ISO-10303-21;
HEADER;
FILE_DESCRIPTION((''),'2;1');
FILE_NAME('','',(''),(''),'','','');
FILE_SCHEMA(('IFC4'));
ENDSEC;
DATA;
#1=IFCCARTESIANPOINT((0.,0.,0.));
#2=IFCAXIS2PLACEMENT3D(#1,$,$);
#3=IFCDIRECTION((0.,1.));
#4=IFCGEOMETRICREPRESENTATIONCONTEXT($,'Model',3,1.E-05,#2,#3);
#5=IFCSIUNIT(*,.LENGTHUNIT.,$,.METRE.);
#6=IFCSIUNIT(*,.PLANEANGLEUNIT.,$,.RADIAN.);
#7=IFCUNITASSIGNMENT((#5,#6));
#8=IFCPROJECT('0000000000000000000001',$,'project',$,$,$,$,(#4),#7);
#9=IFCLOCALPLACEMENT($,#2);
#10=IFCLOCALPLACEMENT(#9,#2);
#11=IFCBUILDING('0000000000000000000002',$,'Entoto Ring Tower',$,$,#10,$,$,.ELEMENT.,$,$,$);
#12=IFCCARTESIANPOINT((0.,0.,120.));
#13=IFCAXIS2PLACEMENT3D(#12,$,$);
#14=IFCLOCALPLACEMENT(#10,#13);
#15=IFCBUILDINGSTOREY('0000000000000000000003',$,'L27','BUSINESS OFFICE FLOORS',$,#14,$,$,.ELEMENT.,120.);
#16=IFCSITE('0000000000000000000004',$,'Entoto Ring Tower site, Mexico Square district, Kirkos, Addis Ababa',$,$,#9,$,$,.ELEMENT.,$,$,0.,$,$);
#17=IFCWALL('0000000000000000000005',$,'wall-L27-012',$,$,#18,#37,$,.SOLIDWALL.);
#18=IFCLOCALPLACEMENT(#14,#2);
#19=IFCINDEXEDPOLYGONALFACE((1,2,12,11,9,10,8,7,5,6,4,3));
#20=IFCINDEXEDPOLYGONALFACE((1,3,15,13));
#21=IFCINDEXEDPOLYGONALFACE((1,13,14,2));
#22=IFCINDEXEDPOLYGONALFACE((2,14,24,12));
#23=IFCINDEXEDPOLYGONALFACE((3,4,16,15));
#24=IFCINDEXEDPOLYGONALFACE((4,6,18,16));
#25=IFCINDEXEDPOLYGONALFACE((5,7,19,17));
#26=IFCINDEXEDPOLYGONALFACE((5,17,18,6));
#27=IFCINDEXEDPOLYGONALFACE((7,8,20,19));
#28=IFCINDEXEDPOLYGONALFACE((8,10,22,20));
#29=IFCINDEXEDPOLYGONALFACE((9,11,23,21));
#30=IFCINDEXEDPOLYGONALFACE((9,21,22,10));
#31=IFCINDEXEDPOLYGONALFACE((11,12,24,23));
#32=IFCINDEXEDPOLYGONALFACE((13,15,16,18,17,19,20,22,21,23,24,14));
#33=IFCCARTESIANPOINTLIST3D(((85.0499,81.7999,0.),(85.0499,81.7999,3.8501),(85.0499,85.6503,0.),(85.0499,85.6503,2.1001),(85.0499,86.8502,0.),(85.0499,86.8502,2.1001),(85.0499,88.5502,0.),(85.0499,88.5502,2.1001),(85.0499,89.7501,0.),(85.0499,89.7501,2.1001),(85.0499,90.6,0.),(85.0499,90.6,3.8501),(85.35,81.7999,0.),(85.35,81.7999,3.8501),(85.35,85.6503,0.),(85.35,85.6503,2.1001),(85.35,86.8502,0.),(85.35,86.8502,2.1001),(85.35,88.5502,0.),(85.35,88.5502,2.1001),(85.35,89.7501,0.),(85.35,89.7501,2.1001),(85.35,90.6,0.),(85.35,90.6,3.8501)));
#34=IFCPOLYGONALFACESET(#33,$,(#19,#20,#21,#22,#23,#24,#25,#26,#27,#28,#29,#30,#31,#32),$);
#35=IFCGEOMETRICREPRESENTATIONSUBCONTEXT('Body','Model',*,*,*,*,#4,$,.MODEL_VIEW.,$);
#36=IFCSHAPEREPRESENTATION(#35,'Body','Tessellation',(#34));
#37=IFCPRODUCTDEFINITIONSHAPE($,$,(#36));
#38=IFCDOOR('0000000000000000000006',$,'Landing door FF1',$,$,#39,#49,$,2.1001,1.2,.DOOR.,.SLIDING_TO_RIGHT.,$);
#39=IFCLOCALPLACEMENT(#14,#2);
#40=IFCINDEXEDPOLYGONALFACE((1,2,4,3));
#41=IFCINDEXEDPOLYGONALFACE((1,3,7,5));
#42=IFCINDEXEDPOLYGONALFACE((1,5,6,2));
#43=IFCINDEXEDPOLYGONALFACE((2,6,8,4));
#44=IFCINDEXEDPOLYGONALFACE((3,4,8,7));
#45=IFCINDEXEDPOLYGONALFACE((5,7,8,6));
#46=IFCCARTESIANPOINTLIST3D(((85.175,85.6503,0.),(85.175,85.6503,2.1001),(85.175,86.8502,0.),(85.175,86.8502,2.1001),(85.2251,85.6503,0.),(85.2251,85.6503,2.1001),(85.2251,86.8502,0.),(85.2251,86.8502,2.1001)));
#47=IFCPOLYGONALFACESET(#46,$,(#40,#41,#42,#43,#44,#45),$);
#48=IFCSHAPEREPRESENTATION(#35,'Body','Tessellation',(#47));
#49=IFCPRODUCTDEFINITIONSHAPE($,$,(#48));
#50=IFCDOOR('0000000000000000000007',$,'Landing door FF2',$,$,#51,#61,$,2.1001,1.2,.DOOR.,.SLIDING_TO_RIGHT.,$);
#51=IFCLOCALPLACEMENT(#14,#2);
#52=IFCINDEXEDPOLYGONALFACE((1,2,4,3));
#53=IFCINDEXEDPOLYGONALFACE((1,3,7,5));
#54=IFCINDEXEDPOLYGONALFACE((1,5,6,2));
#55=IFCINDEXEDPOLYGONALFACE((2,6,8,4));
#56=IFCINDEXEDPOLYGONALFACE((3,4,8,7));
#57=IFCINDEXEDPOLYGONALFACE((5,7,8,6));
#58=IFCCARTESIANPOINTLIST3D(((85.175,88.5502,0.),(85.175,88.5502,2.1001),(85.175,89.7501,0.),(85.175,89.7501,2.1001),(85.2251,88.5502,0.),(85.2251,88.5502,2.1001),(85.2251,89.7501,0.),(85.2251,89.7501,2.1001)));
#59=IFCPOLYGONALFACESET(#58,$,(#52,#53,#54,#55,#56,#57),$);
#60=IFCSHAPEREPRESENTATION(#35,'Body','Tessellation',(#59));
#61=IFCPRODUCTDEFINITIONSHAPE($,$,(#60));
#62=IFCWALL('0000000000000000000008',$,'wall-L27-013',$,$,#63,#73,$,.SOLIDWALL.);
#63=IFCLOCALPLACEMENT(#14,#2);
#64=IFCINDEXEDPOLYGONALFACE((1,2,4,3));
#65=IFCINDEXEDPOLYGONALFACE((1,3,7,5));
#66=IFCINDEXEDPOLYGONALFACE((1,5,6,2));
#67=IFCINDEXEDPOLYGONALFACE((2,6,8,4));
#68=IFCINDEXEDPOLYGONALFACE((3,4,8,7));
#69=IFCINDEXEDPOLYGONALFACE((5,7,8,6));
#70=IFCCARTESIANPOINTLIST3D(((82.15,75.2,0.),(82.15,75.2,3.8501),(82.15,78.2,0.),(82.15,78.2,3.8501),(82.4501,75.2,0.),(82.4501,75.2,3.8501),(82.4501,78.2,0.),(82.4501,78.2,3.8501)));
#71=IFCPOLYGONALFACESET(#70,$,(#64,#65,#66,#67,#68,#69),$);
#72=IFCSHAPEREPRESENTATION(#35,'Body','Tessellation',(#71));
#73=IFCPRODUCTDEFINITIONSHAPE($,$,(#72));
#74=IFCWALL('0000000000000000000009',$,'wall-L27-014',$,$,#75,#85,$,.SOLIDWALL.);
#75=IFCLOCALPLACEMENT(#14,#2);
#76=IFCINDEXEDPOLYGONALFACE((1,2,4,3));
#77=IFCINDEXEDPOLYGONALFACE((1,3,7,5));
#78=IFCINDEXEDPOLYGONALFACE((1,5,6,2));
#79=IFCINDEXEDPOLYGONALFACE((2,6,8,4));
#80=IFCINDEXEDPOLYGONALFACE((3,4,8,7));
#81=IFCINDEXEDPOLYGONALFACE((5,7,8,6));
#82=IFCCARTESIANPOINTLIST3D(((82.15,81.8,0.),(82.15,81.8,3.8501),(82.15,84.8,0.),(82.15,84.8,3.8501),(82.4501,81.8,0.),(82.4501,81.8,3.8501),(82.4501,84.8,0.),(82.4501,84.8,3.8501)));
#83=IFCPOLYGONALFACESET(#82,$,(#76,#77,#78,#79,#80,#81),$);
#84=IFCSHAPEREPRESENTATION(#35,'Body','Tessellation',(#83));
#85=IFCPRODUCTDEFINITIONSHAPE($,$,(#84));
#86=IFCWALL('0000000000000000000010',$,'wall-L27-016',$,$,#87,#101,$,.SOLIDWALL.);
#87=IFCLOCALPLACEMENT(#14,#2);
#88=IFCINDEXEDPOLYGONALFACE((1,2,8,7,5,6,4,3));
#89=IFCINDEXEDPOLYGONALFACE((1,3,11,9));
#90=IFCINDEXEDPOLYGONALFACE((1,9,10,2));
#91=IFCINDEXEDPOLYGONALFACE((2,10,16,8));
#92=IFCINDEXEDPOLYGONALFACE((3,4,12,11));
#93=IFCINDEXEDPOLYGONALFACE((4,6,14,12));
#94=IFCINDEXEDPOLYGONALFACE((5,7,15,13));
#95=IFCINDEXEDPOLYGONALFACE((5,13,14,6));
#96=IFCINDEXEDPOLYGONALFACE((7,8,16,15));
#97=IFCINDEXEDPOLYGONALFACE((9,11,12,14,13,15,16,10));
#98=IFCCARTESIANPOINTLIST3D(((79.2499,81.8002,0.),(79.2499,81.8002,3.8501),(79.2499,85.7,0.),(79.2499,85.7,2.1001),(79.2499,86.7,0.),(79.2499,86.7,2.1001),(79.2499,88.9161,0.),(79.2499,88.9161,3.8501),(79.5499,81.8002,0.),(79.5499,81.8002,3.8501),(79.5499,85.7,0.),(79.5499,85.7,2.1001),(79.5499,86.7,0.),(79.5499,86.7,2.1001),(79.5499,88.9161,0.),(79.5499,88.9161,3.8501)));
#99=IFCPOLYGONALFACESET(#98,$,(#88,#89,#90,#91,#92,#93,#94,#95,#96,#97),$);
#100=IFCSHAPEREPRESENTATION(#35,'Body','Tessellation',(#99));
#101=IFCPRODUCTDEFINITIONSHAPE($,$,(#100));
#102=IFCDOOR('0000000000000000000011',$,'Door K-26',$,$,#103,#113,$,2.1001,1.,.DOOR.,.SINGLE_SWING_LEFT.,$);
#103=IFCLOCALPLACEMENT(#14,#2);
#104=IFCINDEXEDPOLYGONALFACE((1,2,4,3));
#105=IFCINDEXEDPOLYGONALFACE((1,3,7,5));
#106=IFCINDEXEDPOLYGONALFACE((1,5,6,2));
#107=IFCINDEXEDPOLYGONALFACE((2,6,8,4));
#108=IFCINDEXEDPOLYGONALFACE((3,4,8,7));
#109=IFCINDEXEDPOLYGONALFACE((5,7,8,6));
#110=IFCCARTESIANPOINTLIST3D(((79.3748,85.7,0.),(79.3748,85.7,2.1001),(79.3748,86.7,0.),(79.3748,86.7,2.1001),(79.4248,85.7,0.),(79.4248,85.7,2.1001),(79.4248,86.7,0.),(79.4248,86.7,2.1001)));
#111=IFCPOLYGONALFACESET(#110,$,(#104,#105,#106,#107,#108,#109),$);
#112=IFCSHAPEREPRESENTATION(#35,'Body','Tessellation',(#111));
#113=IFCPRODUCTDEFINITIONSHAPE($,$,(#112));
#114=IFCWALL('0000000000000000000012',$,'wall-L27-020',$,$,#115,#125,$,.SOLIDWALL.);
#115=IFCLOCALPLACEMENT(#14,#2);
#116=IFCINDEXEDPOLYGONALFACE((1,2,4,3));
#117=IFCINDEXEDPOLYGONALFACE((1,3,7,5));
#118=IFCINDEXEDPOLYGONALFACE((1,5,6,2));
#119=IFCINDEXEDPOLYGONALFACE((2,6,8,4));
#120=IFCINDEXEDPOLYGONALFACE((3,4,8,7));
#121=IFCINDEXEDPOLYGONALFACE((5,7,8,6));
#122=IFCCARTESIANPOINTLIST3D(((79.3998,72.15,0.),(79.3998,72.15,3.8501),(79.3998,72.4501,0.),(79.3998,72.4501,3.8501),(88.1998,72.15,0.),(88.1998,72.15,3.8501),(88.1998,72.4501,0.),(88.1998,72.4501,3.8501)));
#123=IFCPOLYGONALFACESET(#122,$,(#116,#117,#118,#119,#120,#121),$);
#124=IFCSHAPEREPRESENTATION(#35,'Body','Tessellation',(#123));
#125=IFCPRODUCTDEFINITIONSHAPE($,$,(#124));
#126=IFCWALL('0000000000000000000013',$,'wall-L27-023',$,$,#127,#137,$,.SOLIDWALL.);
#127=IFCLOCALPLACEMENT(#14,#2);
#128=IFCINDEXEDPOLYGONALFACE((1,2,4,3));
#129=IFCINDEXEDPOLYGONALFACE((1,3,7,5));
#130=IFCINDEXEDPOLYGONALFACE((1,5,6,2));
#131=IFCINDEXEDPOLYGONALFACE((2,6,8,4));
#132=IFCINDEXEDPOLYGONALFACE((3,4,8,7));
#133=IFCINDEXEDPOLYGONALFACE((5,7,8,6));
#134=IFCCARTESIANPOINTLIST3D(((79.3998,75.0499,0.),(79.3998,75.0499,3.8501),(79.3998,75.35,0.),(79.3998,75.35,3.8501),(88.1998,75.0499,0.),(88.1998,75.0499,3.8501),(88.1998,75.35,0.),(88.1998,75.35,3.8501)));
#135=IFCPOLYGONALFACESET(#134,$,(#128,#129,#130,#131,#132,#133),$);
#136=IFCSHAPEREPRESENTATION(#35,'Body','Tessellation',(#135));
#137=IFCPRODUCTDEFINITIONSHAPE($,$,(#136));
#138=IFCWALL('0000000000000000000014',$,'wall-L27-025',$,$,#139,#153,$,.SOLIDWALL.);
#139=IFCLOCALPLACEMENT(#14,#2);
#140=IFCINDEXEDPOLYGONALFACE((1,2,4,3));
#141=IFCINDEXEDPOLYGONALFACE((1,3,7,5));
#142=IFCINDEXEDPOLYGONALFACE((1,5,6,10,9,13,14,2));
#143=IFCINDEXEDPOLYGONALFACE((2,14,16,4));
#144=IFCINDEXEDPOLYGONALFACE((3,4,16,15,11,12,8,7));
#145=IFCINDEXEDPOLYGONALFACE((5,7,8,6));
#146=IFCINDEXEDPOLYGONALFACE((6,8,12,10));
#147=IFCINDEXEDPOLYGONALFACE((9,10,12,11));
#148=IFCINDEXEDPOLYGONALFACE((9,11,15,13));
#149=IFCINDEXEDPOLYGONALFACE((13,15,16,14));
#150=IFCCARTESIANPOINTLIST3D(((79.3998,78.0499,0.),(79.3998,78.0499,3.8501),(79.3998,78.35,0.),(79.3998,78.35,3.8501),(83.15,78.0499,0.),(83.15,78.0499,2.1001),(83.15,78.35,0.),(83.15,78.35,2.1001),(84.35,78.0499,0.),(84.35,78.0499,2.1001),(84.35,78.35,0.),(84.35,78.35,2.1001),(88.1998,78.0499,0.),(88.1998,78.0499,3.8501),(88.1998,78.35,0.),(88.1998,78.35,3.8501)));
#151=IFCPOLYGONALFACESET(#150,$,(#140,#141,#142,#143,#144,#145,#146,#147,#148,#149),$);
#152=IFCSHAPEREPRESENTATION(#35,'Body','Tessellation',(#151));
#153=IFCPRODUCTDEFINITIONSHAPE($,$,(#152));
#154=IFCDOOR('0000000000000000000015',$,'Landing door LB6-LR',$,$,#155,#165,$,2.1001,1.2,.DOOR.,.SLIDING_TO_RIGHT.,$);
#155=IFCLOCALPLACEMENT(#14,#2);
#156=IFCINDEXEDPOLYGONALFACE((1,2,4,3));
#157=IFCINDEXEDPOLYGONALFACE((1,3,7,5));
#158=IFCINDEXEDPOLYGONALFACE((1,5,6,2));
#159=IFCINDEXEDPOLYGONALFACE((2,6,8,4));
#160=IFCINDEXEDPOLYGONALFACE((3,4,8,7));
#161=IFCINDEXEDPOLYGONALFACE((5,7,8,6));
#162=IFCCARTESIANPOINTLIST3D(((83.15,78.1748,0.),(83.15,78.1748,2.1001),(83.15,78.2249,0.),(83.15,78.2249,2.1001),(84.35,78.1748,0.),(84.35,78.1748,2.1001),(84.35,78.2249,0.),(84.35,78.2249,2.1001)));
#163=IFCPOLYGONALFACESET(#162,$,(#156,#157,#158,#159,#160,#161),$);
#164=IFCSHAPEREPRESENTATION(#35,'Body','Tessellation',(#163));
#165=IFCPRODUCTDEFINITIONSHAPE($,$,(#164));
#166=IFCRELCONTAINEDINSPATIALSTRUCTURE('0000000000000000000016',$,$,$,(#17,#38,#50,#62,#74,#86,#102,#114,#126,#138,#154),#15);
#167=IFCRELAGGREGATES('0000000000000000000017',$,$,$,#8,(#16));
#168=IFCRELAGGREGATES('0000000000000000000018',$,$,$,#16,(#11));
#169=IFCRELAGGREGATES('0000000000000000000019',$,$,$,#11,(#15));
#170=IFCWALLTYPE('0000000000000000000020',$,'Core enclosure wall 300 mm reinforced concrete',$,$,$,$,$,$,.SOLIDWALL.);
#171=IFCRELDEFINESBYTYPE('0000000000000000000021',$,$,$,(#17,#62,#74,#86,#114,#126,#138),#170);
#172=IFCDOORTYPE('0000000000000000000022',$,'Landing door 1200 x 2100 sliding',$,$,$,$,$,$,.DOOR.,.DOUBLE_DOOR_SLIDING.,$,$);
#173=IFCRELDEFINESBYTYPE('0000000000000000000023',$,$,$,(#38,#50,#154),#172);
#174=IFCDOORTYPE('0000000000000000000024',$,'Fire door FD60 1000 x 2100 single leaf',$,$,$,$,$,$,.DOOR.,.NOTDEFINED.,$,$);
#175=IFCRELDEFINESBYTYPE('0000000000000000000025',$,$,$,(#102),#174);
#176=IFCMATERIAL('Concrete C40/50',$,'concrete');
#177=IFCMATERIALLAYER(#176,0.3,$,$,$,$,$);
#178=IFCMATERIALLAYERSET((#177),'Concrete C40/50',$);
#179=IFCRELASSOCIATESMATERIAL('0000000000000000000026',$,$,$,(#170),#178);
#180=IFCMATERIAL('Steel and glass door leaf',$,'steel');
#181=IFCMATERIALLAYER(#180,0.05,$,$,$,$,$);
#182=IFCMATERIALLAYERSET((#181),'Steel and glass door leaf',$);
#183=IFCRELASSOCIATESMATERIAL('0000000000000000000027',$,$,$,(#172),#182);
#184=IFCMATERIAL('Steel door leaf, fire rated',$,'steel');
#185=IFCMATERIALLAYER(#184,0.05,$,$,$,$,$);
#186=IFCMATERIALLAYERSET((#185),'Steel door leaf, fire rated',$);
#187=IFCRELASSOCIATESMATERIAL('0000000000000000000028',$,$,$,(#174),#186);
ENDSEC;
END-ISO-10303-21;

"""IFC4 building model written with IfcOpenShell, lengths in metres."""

from ifc_helpers import new_model, si_unit, direction, frame, frame_2d, origin, place, context, subcontext, project, spatial, rectangle, extrude, material, layer, layer_set, type_object, element, fill, save


model = new_model("IFC4")

# Units and contexts
model_context = context("Model", 3, precision=1e-05, world=origin(), true_north=direction((0.0, 1.0)))
body_context = subcontext(model_context, "Body", "Model", "MODEL_VIEW")
ifc_project = project(units=[si_unit("LENGTHUNIT", "METRE"), si_unit("PLANEANGLEUNIT", "RADIAN")], contexts=[model_context])

# Site, building, storey
site_placement = place(None, origin())
site = spatial("IfcSite", under=ifc_project, at=site_placement, Name="Entoto Ring Tower site, Mexico Square district, Kirkos, Addis Ababa", CompositionType="ELEMENT", RefElevation=0.0)
building_placement = place(site_placement, origin())
building = spatial("IfcBuilding", under=site, at=building_placement, Name="Entoto Ring Tower", CompositionType="ELEMENT")
storey_placement = place(building_placement, frame((0.0, 0.0, 120.0)))
storey = spatial("IfcBuildingStorey", under=building, at=storey_placement, Name="L27", Description="BUSINESS OFFICE FLOORS", CompositionType="ELEMENT", Elevation=120.0)

# Wall, openings, doors
ifc_material_1 = material(Name="Concrete C40/50", Category="concrete")
ifc_layer_1 = layer(ifc_material_1, 0.3)
ifc_layer_set_1 = layer_set([ifc_layer_1], Name="Concrete C40/50")
wall_type = type_object("IfcWallType", Name="Core enclosure wall 300 mm reinforced concrete", PredefinedType="SOLIDWALL", material=ifc_layer_set_1)
wall_1_placement = place(storey_placement, frame((85.2, 81.8, 0.0), z_axis=(0.0, 0.0, 1.0), x_axis=(0.0, 1.0, 0.0)))
wall_1 = element("IfcWall", 1, at=wall_1_placement, inside=storey, type_object=wall_type, Name="wall-L27-012", PredefinedType="SOLIDWALL", context=body_context, shape_type="SweptSolid", body=[
    extrude(rectangle(XDim=8.8, YDim=0.3, at=frame_2d((4.3999, 0.0))), origin(), (0.0, 0.0, 1.0), 3.8501),
])
opening_1_placement = place(wall_1_placement, frame((3.8501, 0.0, 0.0)))
opening_1 = element("IfcOpeningElement", 2, at=opening_1_placement, cuts=wall_1, PredefinedType="OPENING", context=body_context, shape_type="SweptSolid", body=[
    extrude(rectangle(XDim=1.2, YDim=2.1001, at=frame_2d((0.6001, 1.05))), frame((0.0, 0.1602, 0.0), z_axis=(0.0, -1.0, 0.0), x_axis=(1.0, 0.0, 0.0)), (0.0, 0.0, 1.0), 0.3201),
])
opening_2_placement = place(wall_1_placement, frame((6.75, 0.0, 0.0)))
opening_2 = element("IfcOpeningElement", 3, at=opening_2_placement, cuts=wall_1, PredefinedType="OPENING", context=body_context, shape_type="SweptSolid", body=[
    extrude(rectangle(XDim=1.2, YDim=2.1001, at=frame_2d((0.6001, 1.05))), frame((0.0, 0.1602, 0.0), z_axis=(0.0, -1.0, 0.0), x_axis=(1.0, 0.0, 0.0)), (0.0, 0.0, 1.0), 0.3201),
])
ifc_material_2 = material(Name="Steel and glass door leaf", Category="steel")
ifc_layer_2 = layer(ifc_material_2, 0.05)
ifc_layer_set_2 = layer_set([ifc_layer_2], Name="Steel and glass door leaf")
door_type_1 = type_object("IfcDoorType", Name="Landing door 1200 x 2100 sliding", OperationType="DOUBLE_DOOR_SLIDING", PredefinedType="DOOR", material=ifc_layer_set_2)
door_1_placement = place(opening_1_placement, origin())
door_1 = element("IfcDoor", 4, at=door_1_placement, inside=storey, type_object=door_type_1, Name="Landing door FF1", OperationType="SLIDING_TO_RIGHT", OverallHeight=2.1001, OverallWidth=1.2, PredefinedType="DOOR", context=body_context, shape_type="SweptSolid", body=[
    extrude(rectangle(XDim=1.2, YDim=2.1001, at=frame_2d((0.6001, 1.05))), frame((0.0, 0.0249, 0.0), z_axis=(0.0, -1.0, 0.0), x_axis=(1.0, 0.0, 0.0)), (0.0, 0.0, 1.0), 0.05),
])
fill(opening_1, door_1)
door_2_placement = place(opening_2_placement, origin())
door_2 = element("IfcDoor", 5, at=door_2_placement, inside=storey, type_object=door_type_1, Name="Landing door FF2", OperationType="SLIDING_TO_RIGHT", OverallHeight=2.1001, OverallWidth=1.2, PredefinedType="DOOR", context=body_context, shape_type="SweptSolid", body=[
    extrude(rectangle(XDim=1.2, YDim=2.1001, at=frame_2d((0.6001, 1.05))), frame((0.0, 0.0249, 0.0), z_axis=(0.0, -1.0, 0.0), x_axis=(1.0, 0.0, 0.0)), (0.0, 0.0, 1.0), 0.05),
])
fill(opening_2, door_2)

# Walls
for number, where, z_axis, x_axis, name in (
    (6, (82.3, 75.2, 0.0), (0.0, 0.0, 1.0), (0.0, 1.0, 0.0), "wall-L27-013"),
    (7, (82.3, 81.8, 0.0), (0.0, 0.0, 1.0), (0.0, 1.0, 0.0), "wall-L27-014"),
):
    element("IfcWall", number, at=place(storey_placement, frame(where, z_axis=z_axis, x_axis=x_axis)), inside=storey, type_object=wall_type, Name=name, PredefinedType="SOLIDWALL", context=body_context, shape_type="SweptSolid", body=[
        extrude(rectangle(XDim=3.0, YDim=0.3, at=frame_2d((1.5, 0.0))), origin(), (0.0, 0.0, 1.0), 3.8501),
    ])

# Wall, opening, door
wall_2_placement = place(storey_placement, frame((79.3999, 81.8, 0.0), z_axis=(0.0, 0.0, 1.0), x_axis=(0.0, 1.0, 0.0)))
wall_2 = element("IfcWall", 8, at=wall_2_placement, inside=storey, type_object=wall_type, Name="wall-L27-016", PredefinedType="SOLIDWALL", context=body_context, shape_type="SweptSolid", body=[
    extrude(rectangle(XDim=7.116, YDim=0.3, at=frame_2d((3.5581, 0.0))), origin(), (0.0, 0.0, 1.0), 3.8501),
])
opening_3_placement = place(wall_2_placement, frame((3.8999, 0.0, 0.0)))
opening_3 = element("IfcOpeningElement", 9, at=opening_3_placement, cuts=wall_2, PredefinedType="OPENING", context=body_context, shape_type="SweptSolid", body=[
    extrude(rectangle(XDim=1.0, YDim=2.1001, at=frame_2d((0.5, 1.05))), frame((0.0, 0.1602, 0.0), z_axis=(0.0, -1.0, 0.0), x_axis=(1.0, 0.0, 0.0)), (0.0, 0.0, 1.0), 0.3201),
])
ifc_material_3 = material(Name="Steel door leaf, fire rated", Category="steel")
ifc_layer_3 = layer(ifc_material_3, 0.05)
ifc_layer_set_3 = layer_set([ifc_layer_3], Name="Steel door leaf, fire rated")
door_type_2 = type_object("IfcDoorType", Name="Fire door FD60 1000 x 2100 single leaf", OperationType="NOTDEFINED", PredefinedType="DOOR", material=ifc_layer_set_3)
door_3_placement = place(opening_3_placement, frame((1.0, 0.0, 0.0), z_axis=(0.0, 0.0, 1.0), x_axis=(-1.0, 0.0, 0.0)))
door_3 = element("IfcDoor", 10, at=door_3_placement, inside=storey, type_object=door_type_2, Name="Door K-26", OperationType="SINGLE_SWING_LEFT", OverallHeight=2.1001, OverallWidth=1.0, PredefinedType="DOOR", context=body_context, shape_type="SweptSolid", body=[
    extrude(rectangle(XDim=1.0, YDim=2.1001, at=frame_2d((0.5, 1.05))), frame((0.0, 0.0249, 0.0), z_axis=(0.0, -1.0, 0.0), x_axis=(1.0, 0.0, 0.0)), (0.0, 0.0, 1.0), 0.05),
])
fill(opening_3, door_3)

# Walls
for number, where, z_axis, x_axis, name in (
    (11, (79.3999, 72.3, 0.0), (0.0, 0.0, 1.0), (1.0, 0.0, 0.0), "wall-L27-020"),
    (12, (79.3999, 75.2, 0.0), (0.0, 0.0, 1.0), (1.0, 0.0, 0.0), "wall-L27-023"),
):
    element("IfcWall", number, at=place(storey_placement, frame(where, z_axis=z_axis, x_axis=x_axis)), inside=storey, type_object=wall_type, Name=name, PredefinedType="SOLIDWALL", context=body_context, shape_type="SweptSolid", body=[
        extrude(rectangle(XDim=8.8, YDim=0.3, at=frame_2d((4.3999, 0.0))), origin(), (0.0, 0.0, 1.0), 3.8501),
    ])

# Wall, opening, door
wall_3_placement = place(storey_placement, frame((79.3999, 78.2, 0.0), z_axis=(0.0, 0.0, 1.0), x_axis=(1.0, 0.0, 0.0)))
wall_3 = element("IfcWall", 13, at=wall_3_placement, inside=storey, type_object=wall_type, Name="wall-L27-025", PredefinedType="SOLIDWALL", context=body_context, shape_type="SweptSolid", body=[
    extrude(rectangle(XDim=8.8, YDim=0.3, at=frame_2d((4.3999, 0.0))), origin(), (0.0, 0.0, 1.0), 3.8501),
])
opening_4_placement = place(wall_3_placement, frame((3.75, 0.0, 0.0)))
opening_4 = element("IfcOpeningElement", 14, at=opening_4_placement, cuts=wall_3, PredefinedType="OPENING", context=body_context, shape_type="SweptSolid", body=[
    extrude(rectangle(XDim=1.2, YDim=2.1001, at=frame_2d((0.6001, 1.05))), frame((0.0, 0.1602, 0.0), z_axis=(0.0, -1.0, 0.0), x_axis=(1.0, 0.0, 0.0)), (0.0, 0.0, 1.0), 0.3201),
])
door_4_placement = place(opening_4_placement, origin())
door_4 = element("IfcDoor", 15, at=door_4_placement, inside=storey, type_object=door_type_1, Name="Landing door LB6-LR", OperationType="SLIDING_TO_RIGHT", OverallHeight=2.1001, OverallWidth=1.2, PredefinedType="DOOR", context=body_context, shape_type="SweptSolid", body=[
    extrude(rectangle(XDim=1.2, YDim=2.1001, at=frame_2d((0.6001, 1.05))), frame((0.0, 0.0249, 0.0), z_axis=(0.0, -1.0, 0.0), x_axis=(1.0, 0.0, 0.0)), (0.0, 0.0, 1.0), 0.05),
])
fill(opening_4, door_4)

save(model, "model.ifc")
